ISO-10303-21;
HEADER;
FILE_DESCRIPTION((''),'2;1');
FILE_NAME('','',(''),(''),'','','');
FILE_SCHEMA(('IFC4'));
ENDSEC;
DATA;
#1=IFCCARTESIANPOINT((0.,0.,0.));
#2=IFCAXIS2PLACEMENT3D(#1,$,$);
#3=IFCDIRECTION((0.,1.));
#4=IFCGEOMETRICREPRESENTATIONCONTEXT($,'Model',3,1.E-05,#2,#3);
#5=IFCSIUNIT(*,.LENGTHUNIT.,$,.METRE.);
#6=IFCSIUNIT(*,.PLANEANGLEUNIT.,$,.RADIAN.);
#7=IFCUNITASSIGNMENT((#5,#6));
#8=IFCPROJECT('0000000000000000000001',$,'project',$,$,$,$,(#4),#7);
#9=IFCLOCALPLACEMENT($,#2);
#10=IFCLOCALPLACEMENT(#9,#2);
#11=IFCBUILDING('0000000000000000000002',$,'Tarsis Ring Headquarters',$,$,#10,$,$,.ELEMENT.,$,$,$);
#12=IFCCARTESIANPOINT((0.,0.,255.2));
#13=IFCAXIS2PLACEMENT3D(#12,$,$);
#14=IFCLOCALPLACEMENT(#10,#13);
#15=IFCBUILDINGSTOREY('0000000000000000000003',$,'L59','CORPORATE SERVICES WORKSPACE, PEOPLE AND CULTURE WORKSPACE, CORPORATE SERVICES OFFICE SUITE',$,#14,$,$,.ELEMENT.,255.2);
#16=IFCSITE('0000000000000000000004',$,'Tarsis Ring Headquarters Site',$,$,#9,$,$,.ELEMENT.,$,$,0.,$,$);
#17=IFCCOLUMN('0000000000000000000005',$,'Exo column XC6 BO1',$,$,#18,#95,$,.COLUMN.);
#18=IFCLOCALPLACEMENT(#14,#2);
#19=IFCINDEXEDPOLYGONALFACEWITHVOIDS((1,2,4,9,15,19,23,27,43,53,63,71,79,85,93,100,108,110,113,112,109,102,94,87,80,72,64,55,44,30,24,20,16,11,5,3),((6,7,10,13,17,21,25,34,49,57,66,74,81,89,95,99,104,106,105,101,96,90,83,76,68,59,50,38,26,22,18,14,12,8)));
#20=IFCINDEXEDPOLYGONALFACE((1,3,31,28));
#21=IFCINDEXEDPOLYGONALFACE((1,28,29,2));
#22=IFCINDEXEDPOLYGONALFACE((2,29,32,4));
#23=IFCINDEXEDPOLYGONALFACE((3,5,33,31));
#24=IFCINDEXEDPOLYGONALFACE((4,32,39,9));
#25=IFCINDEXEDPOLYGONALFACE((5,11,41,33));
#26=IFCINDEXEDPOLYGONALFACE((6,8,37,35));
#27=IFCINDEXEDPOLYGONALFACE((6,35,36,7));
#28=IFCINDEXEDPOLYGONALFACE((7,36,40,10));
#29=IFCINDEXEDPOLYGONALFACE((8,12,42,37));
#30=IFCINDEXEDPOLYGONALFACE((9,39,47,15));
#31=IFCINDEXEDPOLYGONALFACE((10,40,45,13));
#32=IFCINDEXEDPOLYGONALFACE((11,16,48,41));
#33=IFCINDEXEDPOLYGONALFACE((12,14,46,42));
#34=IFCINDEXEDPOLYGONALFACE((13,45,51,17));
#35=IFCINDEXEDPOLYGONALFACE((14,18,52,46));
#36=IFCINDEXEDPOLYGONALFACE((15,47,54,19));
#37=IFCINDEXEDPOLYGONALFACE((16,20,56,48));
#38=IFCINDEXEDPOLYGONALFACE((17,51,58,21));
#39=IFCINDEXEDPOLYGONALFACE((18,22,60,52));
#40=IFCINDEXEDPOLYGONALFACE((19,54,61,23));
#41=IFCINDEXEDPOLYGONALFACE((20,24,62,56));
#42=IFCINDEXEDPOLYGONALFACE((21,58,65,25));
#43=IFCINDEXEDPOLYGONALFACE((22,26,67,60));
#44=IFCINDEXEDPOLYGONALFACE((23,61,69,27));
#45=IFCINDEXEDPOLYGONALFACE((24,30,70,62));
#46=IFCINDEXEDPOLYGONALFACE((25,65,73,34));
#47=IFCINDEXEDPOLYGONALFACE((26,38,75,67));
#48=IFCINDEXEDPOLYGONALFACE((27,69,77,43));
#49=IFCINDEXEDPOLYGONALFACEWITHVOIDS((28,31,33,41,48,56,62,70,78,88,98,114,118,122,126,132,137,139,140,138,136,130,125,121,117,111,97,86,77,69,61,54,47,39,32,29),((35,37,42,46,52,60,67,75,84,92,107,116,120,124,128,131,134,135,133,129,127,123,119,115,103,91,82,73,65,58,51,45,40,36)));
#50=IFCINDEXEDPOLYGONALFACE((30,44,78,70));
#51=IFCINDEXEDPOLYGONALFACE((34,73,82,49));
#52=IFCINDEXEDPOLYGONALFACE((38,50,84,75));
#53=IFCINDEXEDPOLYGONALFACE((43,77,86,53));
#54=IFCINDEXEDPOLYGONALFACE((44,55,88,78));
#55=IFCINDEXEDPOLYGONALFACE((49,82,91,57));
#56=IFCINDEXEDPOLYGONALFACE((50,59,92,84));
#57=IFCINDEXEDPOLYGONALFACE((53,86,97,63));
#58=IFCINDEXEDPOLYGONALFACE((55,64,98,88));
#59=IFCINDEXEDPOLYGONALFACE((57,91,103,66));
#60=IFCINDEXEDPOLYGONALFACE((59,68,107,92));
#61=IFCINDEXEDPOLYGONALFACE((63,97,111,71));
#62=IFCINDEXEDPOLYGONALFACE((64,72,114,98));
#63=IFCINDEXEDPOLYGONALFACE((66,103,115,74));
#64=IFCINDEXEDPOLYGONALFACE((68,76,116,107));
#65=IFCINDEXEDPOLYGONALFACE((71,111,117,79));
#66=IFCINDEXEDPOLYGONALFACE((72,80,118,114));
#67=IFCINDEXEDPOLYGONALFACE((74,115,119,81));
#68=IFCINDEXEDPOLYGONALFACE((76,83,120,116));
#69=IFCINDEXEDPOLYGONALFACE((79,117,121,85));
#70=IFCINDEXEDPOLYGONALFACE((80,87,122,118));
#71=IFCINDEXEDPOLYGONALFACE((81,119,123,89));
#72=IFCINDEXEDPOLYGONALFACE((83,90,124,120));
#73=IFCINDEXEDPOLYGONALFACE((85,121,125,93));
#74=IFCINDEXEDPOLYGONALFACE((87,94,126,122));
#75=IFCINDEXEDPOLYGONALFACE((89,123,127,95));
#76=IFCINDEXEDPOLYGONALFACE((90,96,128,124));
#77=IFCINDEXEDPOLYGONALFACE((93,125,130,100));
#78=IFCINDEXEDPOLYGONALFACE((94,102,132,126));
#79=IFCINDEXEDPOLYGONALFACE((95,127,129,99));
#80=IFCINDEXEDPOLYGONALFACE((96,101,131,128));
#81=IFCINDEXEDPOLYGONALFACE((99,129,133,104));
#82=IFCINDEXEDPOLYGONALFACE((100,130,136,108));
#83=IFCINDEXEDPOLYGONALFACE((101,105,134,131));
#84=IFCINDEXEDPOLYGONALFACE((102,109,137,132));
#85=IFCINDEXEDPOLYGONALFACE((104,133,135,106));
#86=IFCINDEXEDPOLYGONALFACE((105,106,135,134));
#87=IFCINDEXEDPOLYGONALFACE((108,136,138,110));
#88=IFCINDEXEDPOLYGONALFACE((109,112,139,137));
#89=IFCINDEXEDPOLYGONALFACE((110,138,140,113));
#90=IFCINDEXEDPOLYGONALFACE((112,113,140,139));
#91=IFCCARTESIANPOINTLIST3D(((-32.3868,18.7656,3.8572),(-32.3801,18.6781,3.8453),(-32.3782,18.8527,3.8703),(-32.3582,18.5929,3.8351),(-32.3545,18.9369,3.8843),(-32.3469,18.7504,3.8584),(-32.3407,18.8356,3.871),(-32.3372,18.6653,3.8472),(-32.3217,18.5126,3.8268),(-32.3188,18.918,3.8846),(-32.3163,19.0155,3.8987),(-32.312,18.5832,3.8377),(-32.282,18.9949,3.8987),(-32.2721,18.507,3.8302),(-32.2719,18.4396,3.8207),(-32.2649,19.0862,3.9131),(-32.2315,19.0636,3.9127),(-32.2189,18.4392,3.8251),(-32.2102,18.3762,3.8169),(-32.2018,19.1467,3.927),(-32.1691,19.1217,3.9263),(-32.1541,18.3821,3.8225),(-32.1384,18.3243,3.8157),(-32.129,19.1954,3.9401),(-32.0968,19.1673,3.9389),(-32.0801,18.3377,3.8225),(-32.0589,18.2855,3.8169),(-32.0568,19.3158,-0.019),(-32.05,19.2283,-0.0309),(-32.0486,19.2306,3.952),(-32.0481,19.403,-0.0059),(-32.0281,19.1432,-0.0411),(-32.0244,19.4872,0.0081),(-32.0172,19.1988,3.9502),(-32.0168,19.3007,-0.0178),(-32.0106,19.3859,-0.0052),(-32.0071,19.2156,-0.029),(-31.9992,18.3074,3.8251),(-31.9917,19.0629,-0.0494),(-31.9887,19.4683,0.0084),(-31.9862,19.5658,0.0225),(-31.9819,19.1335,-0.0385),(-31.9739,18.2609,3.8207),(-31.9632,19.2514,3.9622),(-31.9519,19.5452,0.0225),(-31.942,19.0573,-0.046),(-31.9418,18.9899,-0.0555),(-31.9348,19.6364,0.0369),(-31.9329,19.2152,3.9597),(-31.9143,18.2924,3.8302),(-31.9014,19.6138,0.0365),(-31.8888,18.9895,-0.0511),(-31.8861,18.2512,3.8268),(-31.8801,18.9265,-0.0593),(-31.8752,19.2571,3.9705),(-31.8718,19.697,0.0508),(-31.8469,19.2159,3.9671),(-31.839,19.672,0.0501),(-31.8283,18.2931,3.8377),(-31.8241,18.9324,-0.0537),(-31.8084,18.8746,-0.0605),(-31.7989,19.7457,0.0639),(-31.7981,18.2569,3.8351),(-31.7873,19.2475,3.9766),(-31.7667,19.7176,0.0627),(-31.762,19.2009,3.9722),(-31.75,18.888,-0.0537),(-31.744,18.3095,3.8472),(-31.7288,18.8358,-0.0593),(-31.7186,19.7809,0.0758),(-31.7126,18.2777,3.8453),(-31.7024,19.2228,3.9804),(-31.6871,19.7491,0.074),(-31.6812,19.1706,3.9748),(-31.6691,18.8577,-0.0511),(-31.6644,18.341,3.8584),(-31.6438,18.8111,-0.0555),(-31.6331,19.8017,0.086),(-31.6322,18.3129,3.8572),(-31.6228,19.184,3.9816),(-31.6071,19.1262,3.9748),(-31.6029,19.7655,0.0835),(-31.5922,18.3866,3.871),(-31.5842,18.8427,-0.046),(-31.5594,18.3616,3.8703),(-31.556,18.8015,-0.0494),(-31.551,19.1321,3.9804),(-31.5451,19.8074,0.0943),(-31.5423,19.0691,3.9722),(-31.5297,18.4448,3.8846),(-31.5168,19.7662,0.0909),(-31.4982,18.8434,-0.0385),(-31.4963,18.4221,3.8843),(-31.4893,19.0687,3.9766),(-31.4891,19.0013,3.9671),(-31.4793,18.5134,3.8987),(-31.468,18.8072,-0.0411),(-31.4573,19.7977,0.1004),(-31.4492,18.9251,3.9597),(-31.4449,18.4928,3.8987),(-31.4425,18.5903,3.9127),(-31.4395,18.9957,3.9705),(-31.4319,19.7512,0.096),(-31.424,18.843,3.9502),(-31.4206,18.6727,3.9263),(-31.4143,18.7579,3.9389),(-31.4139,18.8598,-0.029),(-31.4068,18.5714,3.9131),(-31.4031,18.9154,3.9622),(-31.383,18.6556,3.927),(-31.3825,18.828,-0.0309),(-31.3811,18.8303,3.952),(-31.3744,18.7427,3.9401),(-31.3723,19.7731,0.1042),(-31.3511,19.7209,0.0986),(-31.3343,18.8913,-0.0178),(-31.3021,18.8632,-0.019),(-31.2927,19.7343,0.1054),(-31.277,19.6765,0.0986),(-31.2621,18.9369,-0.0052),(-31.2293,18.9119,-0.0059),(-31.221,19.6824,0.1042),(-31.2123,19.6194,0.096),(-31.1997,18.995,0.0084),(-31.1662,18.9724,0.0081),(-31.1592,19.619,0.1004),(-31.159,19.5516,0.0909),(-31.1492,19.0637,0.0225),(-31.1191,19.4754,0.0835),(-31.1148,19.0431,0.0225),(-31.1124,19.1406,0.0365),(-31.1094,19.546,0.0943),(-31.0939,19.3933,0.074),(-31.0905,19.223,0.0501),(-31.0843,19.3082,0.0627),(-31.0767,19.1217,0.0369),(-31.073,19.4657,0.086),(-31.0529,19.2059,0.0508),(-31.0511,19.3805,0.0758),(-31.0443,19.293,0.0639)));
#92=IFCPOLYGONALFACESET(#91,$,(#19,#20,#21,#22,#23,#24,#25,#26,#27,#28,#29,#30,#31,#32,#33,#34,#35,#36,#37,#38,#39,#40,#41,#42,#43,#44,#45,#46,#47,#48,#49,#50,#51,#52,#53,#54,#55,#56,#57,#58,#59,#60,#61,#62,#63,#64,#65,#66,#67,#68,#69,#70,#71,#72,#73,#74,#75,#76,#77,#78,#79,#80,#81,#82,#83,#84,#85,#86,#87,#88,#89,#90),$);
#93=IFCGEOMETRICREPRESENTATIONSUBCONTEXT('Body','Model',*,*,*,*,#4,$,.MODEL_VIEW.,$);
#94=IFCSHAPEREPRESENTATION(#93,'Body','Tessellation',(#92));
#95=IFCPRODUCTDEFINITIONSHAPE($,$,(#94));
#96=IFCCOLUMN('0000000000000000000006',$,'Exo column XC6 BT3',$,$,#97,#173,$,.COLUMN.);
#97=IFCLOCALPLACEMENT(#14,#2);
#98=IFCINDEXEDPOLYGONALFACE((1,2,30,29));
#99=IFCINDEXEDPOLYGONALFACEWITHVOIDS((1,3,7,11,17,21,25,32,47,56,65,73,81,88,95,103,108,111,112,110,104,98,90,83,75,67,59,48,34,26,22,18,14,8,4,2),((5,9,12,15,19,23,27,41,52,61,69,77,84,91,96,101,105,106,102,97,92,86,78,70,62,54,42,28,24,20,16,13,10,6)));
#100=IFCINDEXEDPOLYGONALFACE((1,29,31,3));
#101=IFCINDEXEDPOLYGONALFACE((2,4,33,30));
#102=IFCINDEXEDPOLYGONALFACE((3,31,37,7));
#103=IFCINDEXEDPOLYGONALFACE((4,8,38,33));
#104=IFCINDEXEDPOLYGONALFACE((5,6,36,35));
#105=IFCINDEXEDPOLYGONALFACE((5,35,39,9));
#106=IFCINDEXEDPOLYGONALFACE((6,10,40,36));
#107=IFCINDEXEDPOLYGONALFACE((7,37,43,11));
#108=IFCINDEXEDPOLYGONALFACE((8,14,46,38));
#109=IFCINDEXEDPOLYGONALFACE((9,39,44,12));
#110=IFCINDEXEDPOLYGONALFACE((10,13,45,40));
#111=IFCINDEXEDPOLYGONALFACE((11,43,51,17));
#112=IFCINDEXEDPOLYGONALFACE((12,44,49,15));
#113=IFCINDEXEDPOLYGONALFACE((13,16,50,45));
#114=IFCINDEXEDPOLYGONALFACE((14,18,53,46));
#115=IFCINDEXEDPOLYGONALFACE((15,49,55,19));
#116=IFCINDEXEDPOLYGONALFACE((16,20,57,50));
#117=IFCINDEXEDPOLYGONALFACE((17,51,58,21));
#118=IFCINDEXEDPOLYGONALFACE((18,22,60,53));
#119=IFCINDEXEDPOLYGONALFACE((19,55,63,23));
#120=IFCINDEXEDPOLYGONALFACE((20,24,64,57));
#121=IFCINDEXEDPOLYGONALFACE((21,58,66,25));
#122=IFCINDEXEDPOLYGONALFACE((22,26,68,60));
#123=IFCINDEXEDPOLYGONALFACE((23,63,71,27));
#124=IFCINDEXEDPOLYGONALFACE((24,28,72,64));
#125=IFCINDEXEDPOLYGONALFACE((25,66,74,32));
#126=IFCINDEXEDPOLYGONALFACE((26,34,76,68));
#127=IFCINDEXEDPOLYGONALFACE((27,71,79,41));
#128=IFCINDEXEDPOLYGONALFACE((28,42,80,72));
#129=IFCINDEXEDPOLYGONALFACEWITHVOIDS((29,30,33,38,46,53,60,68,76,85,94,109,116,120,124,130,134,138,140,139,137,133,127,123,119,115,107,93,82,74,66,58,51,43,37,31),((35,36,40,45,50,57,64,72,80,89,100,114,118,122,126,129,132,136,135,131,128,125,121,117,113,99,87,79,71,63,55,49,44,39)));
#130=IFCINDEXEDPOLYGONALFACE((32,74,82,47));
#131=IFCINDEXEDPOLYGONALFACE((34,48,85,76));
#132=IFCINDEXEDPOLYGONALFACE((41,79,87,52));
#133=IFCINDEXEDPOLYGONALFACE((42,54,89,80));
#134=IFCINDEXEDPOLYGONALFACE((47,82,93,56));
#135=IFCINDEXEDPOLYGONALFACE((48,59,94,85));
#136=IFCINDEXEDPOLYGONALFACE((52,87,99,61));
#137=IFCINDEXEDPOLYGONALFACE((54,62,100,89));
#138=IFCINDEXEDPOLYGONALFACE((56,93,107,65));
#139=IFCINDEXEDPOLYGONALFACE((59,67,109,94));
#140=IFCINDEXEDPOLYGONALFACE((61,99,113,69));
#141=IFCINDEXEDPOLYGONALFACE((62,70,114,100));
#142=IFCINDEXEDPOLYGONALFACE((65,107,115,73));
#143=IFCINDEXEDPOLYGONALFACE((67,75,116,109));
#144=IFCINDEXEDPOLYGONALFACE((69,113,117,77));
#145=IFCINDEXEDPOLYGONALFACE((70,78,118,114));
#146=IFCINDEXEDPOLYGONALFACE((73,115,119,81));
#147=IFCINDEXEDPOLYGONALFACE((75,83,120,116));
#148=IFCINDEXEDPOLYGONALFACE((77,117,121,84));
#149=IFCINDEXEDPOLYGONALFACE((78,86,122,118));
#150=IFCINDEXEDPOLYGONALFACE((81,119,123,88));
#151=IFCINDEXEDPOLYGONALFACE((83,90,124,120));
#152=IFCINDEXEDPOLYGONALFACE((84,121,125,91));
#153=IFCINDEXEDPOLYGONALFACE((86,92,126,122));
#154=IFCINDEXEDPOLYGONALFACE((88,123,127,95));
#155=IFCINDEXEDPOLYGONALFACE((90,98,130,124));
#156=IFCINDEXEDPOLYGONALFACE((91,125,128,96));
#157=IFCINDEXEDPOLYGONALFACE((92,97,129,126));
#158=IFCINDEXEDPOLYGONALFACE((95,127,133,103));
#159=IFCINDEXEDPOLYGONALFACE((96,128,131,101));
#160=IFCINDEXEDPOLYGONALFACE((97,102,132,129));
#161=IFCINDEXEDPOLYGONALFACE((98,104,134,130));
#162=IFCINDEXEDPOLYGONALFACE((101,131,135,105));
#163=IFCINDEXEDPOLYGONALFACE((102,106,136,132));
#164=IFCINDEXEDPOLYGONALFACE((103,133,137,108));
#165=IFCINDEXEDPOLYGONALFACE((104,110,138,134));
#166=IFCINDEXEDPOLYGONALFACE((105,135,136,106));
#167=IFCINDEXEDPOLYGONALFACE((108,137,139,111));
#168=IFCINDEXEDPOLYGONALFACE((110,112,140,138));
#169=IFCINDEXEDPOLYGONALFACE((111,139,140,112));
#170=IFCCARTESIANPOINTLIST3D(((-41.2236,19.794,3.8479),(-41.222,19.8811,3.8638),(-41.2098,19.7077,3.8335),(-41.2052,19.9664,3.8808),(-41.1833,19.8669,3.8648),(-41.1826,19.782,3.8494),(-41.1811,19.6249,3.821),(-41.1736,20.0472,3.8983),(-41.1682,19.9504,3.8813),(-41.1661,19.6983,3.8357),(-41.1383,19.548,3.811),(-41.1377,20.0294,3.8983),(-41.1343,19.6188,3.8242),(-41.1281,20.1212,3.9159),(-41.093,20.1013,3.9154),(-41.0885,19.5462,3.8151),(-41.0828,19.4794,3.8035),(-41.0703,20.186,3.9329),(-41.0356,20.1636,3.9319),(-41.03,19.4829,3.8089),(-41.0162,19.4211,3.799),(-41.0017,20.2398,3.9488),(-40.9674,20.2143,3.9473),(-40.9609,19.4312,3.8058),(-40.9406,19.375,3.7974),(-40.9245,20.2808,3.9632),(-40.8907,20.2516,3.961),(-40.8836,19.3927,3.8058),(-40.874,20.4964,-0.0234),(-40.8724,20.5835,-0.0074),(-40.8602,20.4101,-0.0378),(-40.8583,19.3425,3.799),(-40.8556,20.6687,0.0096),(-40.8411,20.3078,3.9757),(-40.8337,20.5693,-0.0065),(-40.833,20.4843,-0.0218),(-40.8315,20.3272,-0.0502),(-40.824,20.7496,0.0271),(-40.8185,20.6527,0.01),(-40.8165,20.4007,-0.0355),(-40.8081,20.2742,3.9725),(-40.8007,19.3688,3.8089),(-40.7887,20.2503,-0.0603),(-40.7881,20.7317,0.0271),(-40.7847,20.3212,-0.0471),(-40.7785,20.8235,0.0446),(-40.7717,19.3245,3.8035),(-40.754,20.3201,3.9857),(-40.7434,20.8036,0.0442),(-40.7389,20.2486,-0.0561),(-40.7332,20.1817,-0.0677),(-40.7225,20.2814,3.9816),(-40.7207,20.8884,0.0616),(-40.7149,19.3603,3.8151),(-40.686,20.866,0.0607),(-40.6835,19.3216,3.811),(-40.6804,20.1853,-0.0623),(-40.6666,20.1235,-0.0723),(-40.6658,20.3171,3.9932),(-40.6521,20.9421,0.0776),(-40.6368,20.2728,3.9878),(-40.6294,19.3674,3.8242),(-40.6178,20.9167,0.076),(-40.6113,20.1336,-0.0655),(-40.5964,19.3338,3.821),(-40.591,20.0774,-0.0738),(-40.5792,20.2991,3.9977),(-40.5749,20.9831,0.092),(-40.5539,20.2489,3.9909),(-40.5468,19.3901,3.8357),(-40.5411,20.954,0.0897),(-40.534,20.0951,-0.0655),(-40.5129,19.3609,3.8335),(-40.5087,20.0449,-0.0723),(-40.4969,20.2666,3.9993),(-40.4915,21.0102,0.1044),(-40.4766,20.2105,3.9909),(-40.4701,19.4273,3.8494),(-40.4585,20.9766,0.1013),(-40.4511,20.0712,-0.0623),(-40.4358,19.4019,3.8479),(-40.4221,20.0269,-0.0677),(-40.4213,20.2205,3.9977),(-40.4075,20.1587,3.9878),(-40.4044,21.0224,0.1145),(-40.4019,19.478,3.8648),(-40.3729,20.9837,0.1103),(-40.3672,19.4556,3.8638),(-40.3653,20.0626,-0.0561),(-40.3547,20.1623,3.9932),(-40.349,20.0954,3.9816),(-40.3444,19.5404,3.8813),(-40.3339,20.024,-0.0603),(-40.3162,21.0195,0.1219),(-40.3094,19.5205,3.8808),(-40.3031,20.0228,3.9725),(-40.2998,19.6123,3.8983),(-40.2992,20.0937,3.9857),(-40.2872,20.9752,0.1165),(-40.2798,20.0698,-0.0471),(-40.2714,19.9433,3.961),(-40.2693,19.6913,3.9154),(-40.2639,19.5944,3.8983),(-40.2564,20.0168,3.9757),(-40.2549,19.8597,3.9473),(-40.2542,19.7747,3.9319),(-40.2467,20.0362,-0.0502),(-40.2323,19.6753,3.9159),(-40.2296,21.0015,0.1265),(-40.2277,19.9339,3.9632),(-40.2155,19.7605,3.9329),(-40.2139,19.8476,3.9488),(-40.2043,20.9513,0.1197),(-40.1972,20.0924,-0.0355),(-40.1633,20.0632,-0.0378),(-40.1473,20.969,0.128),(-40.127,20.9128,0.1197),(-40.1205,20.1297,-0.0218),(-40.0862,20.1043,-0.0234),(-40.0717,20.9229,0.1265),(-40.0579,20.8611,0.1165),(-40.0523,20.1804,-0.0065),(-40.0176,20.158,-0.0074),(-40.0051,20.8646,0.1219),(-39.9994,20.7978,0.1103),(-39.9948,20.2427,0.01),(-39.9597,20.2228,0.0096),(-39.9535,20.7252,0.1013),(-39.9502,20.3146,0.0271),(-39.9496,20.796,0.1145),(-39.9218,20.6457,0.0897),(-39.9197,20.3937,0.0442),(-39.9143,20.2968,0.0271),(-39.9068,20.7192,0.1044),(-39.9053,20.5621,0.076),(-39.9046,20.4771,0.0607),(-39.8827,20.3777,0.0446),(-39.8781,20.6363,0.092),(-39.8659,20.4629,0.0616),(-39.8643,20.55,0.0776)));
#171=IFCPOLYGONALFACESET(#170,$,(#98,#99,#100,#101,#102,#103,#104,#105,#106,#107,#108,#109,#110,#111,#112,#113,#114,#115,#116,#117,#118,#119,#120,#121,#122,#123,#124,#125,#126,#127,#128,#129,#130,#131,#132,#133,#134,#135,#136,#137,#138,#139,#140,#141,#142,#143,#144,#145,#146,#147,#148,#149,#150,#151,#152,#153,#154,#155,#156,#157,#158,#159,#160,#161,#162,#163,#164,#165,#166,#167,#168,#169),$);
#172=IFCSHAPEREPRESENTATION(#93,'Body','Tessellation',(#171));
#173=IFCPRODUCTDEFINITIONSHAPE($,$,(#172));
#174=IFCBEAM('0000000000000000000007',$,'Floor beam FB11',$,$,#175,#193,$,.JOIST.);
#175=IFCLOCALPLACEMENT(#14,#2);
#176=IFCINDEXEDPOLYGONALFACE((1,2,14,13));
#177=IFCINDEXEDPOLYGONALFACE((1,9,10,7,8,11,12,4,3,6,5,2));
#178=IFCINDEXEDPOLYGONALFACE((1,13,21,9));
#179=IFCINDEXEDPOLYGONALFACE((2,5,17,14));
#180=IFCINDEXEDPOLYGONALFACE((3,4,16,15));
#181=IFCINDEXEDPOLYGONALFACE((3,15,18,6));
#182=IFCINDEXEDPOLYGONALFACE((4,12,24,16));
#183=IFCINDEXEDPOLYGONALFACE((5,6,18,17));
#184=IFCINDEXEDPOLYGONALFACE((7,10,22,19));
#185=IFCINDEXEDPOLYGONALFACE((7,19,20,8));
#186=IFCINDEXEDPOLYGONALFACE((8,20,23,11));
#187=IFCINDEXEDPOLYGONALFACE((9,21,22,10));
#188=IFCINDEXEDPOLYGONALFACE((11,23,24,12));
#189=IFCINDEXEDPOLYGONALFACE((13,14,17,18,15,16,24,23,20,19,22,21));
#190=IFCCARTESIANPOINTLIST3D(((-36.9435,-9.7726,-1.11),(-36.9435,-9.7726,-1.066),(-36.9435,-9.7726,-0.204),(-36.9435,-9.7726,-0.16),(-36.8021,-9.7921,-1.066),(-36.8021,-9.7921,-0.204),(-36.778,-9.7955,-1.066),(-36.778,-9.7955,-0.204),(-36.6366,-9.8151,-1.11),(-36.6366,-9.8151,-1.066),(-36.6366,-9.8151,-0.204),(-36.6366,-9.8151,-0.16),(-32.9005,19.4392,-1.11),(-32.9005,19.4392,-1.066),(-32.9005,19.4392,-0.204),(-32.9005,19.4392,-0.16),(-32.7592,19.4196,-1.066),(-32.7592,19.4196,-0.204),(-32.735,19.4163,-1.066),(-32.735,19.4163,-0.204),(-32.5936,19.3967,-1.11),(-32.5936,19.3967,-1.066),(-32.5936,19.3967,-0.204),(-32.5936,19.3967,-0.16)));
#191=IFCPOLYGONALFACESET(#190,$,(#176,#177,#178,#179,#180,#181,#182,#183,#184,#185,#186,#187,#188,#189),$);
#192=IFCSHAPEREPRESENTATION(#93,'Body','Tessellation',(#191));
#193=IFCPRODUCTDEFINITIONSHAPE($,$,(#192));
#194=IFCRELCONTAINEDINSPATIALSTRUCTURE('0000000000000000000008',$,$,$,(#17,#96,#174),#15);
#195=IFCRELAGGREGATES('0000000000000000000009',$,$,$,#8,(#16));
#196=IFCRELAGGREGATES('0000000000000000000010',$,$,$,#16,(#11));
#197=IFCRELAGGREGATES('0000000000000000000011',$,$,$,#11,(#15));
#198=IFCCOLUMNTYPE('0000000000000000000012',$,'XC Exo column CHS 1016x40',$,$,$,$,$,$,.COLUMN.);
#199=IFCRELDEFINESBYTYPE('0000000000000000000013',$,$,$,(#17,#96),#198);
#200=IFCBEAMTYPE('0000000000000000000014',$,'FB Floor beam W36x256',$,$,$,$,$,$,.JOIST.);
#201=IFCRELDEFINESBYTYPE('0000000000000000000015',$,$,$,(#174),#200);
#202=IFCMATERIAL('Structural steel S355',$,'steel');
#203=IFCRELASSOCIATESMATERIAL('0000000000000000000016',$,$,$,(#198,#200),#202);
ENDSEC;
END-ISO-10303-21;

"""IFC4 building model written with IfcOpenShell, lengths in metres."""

from ifc_helpers import new_model, si_unit, direction, frame, origin, origin_2d, place, context, subcontext, project, spatial, hollow_circle, i_section, extrude, material, material_profile, profile_set, type_object, element, save


model = new_model("IFC4")

# Units and contexts
model_context = context("Model", 3, precision=1e-05, world=origin(), true_north=direction((0.0, 1.0)))
body_context = subcontext(model_context, "Body", "Model", "MODEL_VIEW")
ifc_project = project(units=[si_unit("LENGTHUNIT", "METRE"), si_unit("PLANEANGLEUNIT", "RADIAN")], contexts=[model_context])

# Site, building, storey
site_placement = place(None, origin())
site = spatial("IfcSite", under=ifc_project, at=site_placement, Name="Tarsis Ring Headquarters Site", CompositionType="ELEMENT", RefElevation=0.0)
building_placement = place(site_placement, origin())
building = spatial("IfcBuilding", under=site, at=building_placement, Name="Tarsis Ring Headquarters", CompositionType="ELEMENT")
storey_placement = place(building_placement, frame((0.0, 0.0, 255.2)))
storey = spatial("IfcBuildingStorey", under=building, at=storey_placement, Name="L59", Description="CORPORATE SERVICES WORKSPACE, PEOPLE AND CULTURE WORKSPACE, CORPORATE SERVICES OFFICE SUITE", CompositionType="ELEMENT", Elevation=255.2)

# Columns
ifc_material_1 = material(Name="Structural steel S355", Category="steel")
ifc_material_profile_1 = material_profile(ifc_material_1, hollow_circle(Radius=0.5081, WallThickness=0.04, at=origin_2d()), Name="CHS 1016x40")
ifc_profile_set_1 = profile_set([ifc_material_profile_1], Name="Structural steel S355")
column_type = type_object("IfcColumnType", Name="XC Exo column CHS 1016x40", PredefinedType="COLUMN", material=ifc_profile_set_1)
column_1_placement = place(storey_placement, frame((-31.5505, 19.3044, 0.0225), z_axis=(-0.084011, -0.14006, 0.986572), x_axis=(0.85756, -0.514384, 0.0)))
element("IfcColumn", 1, at=column_1_placement, inside=storey, type_object=column_type, Name="Exo column XC6 BO1", PredefinedType="COLUMN", context=body_context, shape_type="SweptSolid", body=[
    extrude(hollow_circle(Radius=0.5081, WallThickness=0.04, at=origin_2d()), origin(), (0.0, 0.0, 1.0), 3.929),
])
column_2_placement = place(storey_placement, frame((-40.3691, 20.5232, 0.0271), z_axis=(-0.088508, -0.177819, 0.980075), x_axis=(0.895235, -0.445595, 0.0)))
element("IfcColumn", 2, at=column_2_placement, inside=storey, type_object=column_type, Name="Exo column XC6 BT3", PredefinedType="COLUMN", context=body_context, shape_type="SweptSolid", body=[
    extrude(hollow_circle(Radius=0.5081, WallThickness=0.04, at=origin_2d()), origin(), (0.0, 0.0, 1.0), 3.95),
])

# Beam
ifc_material_profile_2 = material_profile(ifc_material_1, i_section(OverallWidth=0.3098, OverallDepth=0.95, WebThickness=0.0244, FlangeThickness=0.0439, at=origin_2d()), Name="W36x256")
ifc_profile_set_2 = profile_set([ifc_material_profile_2], Name="Structural steel S355")
beam_type_1 = type_object("IfcBeamType", Name="FB Floor beam W36x256", PredefinedType="JOIST", material=ifc_profile_set_2)
for number, where, z_axis, x_axis, name in (
    (3, (-32.7471, 19.418, -0.635), (-0.137096, -0.990558, 0.0), (0.990558, -0.137096, 0.0), "Floor beam FB11"),
):
    element("IfcBeam", number, at=place(storey_placement, frame(where, z_axis=z_axis, x_axis=x_axis)), inside=storey, type_object=beam_type_1, Name=name, PredefinedType="JOIST", context=body_context, shape_type="SweptSolid", body=[
        extrude(i_section(OverallWidth=0.3098, OverallDepth=0.95, WebThickness=0.0244, FlangeThickness=0.0439, at=origin_2d()), origin(), (0.0, 0.0, 1.0), 29.4902),
    ])

save(model, "model.ifc")
